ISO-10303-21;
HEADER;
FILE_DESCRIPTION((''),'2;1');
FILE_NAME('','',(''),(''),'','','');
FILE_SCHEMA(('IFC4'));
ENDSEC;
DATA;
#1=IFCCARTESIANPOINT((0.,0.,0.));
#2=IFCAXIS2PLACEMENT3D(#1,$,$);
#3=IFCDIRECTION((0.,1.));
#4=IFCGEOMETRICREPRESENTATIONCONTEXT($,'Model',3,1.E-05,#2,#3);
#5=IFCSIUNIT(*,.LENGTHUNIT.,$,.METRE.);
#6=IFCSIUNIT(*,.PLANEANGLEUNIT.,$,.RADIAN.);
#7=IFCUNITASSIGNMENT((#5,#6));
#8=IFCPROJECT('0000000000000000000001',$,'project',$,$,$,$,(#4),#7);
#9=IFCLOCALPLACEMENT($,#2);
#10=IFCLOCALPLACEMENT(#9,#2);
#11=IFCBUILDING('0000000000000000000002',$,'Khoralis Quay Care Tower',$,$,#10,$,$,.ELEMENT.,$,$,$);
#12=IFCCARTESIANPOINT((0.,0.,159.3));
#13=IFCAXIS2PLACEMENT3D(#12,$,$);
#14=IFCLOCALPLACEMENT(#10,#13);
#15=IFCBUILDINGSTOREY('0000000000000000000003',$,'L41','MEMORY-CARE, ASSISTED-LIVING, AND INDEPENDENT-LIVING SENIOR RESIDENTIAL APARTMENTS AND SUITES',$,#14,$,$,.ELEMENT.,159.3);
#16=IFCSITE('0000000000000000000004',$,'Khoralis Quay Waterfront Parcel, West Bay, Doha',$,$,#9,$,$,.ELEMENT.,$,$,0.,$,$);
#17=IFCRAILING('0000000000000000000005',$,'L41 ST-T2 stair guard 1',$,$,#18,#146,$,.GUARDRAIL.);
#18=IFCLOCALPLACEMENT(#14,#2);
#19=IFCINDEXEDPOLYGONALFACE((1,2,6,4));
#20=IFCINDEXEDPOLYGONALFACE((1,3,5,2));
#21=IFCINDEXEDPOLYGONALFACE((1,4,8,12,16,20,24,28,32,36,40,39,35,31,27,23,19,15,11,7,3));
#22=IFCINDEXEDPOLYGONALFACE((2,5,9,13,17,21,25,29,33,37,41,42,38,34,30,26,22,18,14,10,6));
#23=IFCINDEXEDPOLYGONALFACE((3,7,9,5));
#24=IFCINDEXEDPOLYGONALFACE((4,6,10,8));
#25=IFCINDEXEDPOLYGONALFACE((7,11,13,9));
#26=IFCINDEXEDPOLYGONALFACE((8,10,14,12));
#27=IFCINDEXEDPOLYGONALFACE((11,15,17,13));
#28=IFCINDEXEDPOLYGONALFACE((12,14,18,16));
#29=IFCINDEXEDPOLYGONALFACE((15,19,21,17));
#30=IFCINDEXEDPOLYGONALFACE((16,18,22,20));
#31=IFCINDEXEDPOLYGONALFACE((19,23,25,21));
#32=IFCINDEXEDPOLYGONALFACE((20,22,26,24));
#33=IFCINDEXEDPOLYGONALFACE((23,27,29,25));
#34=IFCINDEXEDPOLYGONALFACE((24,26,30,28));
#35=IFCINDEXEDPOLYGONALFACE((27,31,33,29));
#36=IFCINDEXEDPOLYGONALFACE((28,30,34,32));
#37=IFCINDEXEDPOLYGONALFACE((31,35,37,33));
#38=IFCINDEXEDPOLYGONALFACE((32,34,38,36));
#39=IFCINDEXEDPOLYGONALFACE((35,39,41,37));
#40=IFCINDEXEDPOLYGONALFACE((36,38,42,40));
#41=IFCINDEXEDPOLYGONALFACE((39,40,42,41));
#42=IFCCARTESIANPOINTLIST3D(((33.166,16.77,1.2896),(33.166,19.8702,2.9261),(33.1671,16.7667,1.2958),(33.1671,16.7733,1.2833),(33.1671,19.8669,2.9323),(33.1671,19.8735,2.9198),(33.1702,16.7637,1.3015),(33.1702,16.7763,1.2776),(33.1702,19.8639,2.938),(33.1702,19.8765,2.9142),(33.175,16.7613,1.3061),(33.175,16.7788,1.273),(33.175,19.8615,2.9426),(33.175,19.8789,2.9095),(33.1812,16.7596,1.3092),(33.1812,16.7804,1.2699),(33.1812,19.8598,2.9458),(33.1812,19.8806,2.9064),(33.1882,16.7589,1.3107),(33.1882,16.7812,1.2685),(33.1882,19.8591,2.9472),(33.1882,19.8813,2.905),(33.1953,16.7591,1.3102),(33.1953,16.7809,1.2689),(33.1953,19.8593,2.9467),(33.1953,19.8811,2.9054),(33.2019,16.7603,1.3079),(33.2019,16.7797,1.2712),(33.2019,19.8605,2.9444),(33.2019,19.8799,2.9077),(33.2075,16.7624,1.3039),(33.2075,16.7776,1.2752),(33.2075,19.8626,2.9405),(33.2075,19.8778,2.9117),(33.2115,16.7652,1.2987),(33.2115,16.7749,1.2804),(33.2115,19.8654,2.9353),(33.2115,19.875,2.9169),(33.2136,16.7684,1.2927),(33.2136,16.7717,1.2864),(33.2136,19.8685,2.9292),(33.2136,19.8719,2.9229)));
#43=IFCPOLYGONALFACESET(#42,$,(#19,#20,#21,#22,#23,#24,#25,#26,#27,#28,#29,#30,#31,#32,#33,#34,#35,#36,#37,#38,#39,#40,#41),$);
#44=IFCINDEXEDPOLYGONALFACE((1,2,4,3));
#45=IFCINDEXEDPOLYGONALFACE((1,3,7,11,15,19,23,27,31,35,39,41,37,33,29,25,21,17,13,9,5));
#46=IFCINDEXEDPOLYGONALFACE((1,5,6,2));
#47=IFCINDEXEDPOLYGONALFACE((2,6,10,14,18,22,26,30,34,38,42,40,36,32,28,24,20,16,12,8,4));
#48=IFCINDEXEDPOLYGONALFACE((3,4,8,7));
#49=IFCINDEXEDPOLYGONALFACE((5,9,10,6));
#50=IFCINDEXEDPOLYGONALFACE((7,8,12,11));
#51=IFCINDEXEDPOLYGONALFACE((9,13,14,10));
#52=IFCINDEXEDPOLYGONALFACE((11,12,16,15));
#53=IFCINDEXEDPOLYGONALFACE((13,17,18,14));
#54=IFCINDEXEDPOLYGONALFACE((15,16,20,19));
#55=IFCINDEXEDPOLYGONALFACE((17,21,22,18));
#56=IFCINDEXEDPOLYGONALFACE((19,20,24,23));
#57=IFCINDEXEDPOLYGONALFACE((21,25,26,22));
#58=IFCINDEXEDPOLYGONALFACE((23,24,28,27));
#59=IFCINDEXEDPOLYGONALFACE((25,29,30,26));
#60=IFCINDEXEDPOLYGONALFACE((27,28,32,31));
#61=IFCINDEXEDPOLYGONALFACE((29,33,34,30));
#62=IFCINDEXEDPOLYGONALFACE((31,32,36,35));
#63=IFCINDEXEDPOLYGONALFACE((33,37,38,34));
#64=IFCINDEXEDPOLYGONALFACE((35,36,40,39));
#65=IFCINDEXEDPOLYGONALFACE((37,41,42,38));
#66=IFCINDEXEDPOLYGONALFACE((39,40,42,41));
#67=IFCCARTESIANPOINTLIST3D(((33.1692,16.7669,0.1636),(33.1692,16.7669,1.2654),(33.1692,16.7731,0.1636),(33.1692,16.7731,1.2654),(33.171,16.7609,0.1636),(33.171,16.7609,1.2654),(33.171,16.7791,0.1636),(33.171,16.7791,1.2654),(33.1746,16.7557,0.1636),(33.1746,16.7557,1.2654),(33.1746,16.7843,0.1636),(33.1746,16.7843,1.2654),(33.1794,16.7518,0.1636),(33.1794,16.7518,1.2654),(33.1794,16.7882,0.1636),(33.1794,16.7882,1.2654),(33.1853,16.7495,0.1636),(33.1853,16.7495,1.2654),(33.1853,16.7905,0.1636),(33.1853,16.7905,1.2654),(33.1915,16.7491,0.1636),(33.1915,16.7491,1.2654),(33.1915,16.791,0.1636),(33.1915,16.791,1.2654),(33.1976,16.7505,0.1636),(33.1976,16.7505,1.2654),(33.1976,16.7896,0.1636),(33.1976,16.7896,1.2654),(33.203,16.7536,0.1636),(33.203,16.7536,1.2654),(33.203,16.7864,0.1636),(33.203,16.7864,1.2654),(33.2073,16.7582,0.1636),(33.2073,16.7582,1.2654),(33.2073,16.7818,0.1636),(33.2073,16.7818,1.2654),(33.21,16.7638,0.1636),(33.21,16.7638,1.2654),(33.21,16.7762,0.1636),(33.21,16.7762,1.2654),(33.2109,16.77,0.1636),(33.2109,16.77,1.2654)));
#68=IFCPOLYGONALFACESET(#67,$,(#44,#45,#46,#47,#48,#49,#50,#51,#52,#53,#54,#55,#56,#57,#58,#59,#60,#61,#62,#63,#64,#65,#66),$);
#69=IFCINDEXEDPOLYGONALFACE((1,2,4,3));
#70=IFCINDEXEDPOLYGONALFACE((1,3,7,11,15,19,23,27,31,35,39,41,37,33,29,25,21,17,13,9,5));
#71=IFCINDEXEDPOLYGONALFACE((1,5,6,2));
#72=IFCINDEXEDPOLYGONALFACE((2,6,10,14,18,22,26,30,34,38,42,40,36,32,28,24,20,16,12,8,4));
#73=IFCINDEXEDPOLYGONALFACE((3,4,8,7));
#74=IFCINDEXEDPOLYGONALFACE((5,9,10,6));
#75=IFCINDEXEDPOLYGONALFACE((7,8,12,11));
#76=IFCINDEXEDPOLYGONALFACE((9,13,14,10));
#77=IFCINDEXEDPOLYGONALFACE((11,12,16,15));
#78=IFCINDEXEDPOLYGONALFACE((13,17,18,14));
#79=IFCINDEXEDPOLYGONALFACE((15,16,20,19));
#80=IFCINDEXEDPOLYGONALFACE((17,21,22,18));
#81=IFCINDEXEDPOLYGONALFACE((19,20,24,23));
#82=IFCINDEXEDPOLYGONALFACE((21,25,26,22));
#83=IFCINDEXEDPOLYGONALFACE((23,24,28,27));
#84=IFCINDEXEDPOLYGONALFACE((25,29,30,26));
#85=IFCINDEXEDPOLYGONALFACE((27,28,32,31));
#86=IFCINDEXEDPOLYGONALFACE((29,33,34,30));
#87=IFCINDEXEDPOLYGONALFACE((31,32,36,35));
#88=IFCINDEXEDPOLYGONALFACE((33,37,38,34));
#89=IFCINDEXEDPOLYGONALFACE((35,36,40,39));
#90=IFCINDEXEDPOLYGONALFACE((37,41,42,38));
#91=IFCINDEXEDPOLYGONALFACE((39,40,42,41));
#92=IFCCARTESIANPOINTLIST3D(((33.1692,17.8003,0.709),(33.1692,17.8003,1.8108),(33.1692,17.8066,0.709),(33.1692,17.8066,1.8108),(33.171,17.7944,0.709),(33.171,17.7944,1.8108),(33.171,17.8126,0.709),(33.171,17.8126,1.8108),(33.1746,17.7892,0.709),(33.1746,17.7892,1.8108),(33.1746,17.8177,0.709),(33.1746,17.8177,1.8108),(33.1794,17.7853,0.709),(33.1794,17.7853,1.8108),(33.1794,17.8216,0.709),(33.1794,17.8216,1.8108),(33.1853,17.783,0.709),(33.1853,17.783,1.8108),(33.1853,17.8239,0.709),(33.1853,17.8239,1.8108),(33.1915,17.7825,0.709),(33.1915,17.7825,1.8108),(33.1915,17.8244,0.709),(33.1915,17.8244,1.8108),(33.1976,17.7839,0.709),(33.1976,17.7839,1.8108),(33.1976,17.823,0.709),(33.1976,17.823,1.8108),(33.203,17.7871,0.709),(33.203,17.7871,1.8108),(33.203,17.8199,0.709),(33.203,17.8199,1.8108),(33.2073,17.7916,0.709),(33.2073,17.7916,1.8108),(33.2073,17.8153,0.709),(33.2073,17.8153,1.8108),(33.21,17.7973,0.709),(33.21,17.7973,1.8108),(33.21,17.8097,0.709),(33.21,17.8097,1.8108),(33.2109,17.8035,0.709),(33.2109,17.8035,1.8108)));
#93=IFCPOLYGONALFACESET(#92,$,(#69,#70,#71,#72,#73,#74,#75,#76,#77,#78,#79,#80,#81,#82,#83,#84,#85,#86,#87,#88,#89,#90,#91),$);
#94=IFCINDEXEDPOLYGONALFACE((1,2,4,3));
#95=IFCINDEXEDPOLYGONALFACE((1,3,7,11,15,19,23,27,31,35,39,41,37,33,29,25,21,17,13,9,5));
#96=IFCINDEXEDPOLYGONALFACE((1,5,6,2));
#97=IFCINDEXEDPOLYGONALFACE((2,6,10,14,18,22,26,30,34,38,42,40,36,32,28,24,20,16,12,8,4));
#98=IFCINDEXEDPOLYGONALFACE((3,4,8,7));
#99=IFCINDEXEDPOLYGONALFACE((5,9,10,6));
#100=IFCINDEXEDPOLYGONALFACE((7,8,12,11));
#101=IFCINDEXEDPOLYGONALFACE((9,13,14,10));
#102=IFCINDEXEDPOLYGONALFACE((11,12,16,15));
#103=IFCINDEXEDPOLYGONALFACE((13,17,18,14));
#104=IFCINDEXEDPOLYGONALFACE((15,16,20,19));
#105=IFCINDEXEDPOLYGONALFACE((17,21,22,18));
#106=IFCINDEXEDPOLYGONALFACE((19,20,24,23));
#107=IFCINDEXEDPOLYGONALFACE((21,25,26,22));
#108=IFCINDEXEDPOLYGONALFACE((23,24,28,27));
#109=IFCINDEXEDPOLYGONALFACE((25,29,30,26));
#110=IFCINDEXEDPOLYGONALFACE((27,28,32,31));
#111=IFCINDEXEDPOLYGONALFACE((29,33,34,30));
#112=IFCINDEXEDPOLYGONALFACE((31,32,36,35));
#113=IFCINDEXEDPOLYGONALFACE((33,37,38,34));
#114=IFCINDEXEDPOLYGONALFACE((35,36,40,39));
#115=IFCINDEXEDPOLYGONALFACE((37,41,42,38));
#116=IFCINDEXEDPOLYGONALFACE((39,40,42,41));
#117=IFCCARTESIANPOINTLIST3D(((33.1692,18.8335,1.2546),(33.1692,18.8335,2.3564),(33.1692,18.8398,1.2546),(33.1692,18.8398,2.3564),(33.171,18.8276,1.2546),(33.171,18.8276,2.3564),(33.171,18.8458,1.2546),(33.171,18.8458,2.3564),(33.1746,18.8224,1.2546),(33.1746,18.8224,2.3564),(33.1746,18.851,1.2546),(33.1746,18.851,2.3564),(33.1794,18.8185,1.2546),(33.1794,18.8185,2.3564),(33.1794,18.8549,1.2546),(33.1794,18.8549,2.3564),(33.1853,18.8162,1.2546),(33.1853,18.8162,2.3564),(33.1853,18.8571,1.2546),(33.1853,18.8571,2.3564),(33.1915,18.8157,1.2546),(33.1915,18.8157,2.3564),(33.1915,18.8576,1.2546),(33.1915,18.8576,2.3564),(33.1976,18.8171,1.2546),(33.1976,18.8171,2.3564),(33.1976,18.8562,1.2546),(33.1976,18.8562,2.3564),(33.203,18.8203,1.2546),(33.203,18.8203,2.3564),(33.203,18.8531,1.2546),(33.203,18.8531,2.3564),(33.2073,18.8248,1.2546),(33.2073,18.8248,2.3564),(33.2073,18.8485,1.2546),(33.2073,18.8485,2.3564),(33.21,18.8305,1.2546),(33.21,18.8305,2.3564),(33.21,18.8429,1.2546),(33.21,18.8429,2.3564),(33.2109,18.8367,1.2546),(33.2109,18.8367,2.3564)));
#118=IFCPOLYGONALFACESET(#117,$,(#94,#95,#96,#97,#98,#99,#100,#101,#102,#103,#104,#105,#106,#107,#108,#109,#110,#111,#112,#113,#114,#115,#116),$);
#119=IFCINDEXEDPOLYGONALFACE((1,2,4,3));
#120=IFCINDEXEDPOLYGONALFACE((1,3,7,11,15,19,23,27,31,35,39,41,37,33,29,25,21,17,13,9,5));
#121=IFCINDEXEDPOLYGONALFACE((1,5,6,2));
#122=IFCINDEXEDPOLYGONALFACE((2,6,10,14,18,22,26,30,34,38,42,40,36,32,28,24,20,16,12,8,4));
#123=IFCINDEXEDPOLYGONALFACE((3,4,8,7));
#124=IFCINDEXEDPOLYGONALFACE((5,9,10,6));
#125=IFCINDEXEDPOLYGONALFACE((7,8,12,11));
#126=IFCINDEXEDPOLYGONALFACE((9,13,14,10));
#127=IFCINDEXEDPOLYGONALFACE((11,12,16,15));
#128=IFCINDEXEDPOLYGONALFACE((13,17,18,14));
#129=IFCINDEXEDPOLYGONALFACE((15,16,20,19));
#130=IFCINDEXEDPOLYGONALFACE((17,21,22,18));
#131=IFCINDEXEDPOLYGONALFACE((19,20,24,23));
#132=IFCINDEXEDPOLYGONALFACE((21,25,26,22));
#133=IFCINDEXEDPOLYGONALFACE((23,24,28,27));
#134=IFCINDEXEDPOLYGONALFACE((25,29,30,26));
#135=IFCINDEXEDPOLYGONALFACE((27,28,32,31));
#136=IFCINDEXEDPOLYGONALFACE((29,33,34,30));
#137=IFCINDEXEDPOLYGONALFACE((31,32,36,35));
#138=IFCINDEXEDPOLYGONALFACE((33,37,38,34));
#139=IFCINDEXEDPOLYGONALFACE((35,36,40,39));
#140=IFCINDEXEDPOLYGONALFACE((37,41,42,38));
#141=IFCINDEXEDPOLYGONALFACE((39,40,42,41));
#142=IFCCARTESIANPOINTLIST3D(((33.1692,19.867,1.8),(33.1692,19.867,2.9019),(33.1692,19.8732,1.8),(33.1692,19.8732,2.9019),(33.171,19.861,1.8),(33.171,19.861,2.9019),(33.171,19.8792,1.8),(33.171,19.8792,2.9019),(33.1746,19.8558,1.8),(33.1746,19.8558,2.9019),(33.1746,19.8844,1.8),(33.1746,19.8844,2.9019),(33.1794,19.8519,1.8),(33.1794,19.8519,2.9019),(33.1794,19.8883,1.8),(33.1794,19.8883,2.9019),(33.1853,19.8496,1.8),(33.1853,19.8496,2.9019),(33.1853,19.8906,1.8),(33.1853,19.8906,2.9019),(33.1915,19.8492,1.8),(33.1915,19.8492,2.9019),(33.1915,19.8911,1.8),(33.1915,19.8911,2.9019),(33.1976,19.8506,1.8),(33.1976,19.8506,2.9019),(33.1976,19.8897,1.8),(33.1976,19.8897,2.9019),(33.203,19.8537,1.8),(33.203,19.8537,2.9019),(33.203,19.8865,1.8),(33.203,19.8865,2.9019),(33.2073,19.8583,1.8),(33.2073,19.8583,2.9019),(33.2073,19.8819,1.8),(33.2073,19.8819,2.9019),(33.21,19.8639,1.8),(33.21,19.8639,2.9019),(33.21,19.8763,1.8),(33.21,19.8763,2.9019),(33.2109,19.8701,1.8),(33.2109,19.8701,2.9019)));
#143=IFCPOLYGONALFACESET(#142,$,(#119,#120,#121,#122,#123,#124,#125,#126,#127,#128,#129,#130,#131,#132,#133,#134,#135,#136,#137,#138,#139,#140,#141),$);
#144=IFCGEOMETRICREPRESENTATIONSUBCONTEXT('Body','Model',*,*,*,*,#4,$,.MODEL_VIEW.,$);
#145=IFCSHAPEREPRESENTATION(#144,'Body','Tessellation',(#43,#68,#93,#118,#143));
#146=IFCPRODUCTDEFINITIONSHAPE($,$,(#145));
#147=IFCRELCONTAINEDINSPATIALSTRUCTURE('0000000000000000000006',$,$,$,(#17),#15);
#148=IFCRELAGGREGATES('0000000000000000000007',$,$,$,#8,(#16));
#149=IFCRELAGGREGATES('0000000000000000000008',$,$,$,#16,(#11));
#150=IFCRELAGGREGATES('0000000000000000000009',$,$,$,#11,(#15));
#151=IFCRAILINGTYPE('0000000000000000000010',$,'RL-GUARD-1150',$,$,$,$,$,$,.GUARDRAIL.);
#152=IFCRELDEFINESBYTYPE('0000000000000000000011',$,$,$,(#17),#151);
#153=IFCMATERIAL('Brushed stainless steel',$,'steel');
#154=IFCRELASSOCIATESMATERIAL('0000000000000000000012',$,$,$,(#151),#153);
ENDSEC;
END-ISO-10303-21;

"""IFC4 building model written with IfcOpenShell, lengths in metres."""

from ifc_helpers import new_model, si_unit, direction, frame, origin, origin_2d, place, context, subcontext, project, spatial, circle, extrude, material, type_object, element, save


model = new_model("IFC4")

# Units and contexts
model_context = context("Model", 3, precision=1e-05, world=origin(), true_north=direction((0.0, 1.0)))
body_context = subcontext(model_context, "Body", "Model", "MODEL_VIEW")
ifc_project = project(units=[si_unit("LENGTHUNIT", "METRE"), si_unit("PLANEANGLEUNIT", "RADIAN")], contexts=[model_context])

# Site, building, storey
site_placement = place(None, origin())
site = spatial("IfcSite", under=ifc_project, at=site_placement, Name="Khoralis Quay Waterfront Parcel, West Bay, Doha", CompositionType="ELEMENT", RefElevation=0.0)
building_placement = place(site_placement, origin())
building = spatial("IfcBuilding", under=site, at=building_placement, Name="Khoralis Quay Care Tower", CompositionType="ELEMENT")
storey_placement = place(building_placement, frame((0.0, 0.0, 159.3)))
storey = spatial("IfcBuildingStorey", under=building, at=storey_placement, Name="L41", Description="MEMORY-CARE, ASSISTED-LIVING, AND INDEPENDENT-LIVING SENIOR RESIDENTIAL APARTMENTS AND SUITES", CompositionType="ELEMENT", Elevation=159.3)

# Shared definitions
ifc_material_1 = material(Name="Brushed stainless steel", Category="steel")

# Railing
railing_type = type_object("IfcRailingType", Name="RL-GUARD-1150", PredefinedType="GUARDRAIL", material=ifc_material_1)
railing_1_placement = place(storey_placement, frame((33.1899, 16.77, 0.1636)))
element("IfcRailing", 1, at=railing_1_placement, inside=storey, type_object=railing_type, Name="L41 ST-T2 stair guard 1", PredefinedType="GUARDRAIL", context=body_context, shape_type="SweptSolid", body=[
    extrude(circle(Radius=0.0239, at=origin_2d()), frame((0.0, 0.0, 1.126), z_axis=(0.0, 0.884348, 0.466828), x_axis=(-1.0, 0.0, 0.0)), (0.0, 0.0, 1.0), 3.5056),
    extrude(circle(Radius=0.021, at=origin_2d()), origin(), (0.0, 0.0, 1.0), 1.1018),
    extrude(circle(Radius=0.021, at=origin_2d()), frame((0.0, 1.0334, 0.5454)), (0.0, 0.0, 1.0), 1.1018),
    extrude(circle(Radius=0.021, at=origin_2d()), frame((0.0, 2.0667, 1.0911)), (0.0, 0.0, 1.0), 1.1018),
    extrude(circle(Radius=0.021, at=origin_2d()), frame((0.0, 3.1001, 1.6365)), (0.0, 0.0, 1.0), 1.1018),
])

save(model, "model.ifc")
